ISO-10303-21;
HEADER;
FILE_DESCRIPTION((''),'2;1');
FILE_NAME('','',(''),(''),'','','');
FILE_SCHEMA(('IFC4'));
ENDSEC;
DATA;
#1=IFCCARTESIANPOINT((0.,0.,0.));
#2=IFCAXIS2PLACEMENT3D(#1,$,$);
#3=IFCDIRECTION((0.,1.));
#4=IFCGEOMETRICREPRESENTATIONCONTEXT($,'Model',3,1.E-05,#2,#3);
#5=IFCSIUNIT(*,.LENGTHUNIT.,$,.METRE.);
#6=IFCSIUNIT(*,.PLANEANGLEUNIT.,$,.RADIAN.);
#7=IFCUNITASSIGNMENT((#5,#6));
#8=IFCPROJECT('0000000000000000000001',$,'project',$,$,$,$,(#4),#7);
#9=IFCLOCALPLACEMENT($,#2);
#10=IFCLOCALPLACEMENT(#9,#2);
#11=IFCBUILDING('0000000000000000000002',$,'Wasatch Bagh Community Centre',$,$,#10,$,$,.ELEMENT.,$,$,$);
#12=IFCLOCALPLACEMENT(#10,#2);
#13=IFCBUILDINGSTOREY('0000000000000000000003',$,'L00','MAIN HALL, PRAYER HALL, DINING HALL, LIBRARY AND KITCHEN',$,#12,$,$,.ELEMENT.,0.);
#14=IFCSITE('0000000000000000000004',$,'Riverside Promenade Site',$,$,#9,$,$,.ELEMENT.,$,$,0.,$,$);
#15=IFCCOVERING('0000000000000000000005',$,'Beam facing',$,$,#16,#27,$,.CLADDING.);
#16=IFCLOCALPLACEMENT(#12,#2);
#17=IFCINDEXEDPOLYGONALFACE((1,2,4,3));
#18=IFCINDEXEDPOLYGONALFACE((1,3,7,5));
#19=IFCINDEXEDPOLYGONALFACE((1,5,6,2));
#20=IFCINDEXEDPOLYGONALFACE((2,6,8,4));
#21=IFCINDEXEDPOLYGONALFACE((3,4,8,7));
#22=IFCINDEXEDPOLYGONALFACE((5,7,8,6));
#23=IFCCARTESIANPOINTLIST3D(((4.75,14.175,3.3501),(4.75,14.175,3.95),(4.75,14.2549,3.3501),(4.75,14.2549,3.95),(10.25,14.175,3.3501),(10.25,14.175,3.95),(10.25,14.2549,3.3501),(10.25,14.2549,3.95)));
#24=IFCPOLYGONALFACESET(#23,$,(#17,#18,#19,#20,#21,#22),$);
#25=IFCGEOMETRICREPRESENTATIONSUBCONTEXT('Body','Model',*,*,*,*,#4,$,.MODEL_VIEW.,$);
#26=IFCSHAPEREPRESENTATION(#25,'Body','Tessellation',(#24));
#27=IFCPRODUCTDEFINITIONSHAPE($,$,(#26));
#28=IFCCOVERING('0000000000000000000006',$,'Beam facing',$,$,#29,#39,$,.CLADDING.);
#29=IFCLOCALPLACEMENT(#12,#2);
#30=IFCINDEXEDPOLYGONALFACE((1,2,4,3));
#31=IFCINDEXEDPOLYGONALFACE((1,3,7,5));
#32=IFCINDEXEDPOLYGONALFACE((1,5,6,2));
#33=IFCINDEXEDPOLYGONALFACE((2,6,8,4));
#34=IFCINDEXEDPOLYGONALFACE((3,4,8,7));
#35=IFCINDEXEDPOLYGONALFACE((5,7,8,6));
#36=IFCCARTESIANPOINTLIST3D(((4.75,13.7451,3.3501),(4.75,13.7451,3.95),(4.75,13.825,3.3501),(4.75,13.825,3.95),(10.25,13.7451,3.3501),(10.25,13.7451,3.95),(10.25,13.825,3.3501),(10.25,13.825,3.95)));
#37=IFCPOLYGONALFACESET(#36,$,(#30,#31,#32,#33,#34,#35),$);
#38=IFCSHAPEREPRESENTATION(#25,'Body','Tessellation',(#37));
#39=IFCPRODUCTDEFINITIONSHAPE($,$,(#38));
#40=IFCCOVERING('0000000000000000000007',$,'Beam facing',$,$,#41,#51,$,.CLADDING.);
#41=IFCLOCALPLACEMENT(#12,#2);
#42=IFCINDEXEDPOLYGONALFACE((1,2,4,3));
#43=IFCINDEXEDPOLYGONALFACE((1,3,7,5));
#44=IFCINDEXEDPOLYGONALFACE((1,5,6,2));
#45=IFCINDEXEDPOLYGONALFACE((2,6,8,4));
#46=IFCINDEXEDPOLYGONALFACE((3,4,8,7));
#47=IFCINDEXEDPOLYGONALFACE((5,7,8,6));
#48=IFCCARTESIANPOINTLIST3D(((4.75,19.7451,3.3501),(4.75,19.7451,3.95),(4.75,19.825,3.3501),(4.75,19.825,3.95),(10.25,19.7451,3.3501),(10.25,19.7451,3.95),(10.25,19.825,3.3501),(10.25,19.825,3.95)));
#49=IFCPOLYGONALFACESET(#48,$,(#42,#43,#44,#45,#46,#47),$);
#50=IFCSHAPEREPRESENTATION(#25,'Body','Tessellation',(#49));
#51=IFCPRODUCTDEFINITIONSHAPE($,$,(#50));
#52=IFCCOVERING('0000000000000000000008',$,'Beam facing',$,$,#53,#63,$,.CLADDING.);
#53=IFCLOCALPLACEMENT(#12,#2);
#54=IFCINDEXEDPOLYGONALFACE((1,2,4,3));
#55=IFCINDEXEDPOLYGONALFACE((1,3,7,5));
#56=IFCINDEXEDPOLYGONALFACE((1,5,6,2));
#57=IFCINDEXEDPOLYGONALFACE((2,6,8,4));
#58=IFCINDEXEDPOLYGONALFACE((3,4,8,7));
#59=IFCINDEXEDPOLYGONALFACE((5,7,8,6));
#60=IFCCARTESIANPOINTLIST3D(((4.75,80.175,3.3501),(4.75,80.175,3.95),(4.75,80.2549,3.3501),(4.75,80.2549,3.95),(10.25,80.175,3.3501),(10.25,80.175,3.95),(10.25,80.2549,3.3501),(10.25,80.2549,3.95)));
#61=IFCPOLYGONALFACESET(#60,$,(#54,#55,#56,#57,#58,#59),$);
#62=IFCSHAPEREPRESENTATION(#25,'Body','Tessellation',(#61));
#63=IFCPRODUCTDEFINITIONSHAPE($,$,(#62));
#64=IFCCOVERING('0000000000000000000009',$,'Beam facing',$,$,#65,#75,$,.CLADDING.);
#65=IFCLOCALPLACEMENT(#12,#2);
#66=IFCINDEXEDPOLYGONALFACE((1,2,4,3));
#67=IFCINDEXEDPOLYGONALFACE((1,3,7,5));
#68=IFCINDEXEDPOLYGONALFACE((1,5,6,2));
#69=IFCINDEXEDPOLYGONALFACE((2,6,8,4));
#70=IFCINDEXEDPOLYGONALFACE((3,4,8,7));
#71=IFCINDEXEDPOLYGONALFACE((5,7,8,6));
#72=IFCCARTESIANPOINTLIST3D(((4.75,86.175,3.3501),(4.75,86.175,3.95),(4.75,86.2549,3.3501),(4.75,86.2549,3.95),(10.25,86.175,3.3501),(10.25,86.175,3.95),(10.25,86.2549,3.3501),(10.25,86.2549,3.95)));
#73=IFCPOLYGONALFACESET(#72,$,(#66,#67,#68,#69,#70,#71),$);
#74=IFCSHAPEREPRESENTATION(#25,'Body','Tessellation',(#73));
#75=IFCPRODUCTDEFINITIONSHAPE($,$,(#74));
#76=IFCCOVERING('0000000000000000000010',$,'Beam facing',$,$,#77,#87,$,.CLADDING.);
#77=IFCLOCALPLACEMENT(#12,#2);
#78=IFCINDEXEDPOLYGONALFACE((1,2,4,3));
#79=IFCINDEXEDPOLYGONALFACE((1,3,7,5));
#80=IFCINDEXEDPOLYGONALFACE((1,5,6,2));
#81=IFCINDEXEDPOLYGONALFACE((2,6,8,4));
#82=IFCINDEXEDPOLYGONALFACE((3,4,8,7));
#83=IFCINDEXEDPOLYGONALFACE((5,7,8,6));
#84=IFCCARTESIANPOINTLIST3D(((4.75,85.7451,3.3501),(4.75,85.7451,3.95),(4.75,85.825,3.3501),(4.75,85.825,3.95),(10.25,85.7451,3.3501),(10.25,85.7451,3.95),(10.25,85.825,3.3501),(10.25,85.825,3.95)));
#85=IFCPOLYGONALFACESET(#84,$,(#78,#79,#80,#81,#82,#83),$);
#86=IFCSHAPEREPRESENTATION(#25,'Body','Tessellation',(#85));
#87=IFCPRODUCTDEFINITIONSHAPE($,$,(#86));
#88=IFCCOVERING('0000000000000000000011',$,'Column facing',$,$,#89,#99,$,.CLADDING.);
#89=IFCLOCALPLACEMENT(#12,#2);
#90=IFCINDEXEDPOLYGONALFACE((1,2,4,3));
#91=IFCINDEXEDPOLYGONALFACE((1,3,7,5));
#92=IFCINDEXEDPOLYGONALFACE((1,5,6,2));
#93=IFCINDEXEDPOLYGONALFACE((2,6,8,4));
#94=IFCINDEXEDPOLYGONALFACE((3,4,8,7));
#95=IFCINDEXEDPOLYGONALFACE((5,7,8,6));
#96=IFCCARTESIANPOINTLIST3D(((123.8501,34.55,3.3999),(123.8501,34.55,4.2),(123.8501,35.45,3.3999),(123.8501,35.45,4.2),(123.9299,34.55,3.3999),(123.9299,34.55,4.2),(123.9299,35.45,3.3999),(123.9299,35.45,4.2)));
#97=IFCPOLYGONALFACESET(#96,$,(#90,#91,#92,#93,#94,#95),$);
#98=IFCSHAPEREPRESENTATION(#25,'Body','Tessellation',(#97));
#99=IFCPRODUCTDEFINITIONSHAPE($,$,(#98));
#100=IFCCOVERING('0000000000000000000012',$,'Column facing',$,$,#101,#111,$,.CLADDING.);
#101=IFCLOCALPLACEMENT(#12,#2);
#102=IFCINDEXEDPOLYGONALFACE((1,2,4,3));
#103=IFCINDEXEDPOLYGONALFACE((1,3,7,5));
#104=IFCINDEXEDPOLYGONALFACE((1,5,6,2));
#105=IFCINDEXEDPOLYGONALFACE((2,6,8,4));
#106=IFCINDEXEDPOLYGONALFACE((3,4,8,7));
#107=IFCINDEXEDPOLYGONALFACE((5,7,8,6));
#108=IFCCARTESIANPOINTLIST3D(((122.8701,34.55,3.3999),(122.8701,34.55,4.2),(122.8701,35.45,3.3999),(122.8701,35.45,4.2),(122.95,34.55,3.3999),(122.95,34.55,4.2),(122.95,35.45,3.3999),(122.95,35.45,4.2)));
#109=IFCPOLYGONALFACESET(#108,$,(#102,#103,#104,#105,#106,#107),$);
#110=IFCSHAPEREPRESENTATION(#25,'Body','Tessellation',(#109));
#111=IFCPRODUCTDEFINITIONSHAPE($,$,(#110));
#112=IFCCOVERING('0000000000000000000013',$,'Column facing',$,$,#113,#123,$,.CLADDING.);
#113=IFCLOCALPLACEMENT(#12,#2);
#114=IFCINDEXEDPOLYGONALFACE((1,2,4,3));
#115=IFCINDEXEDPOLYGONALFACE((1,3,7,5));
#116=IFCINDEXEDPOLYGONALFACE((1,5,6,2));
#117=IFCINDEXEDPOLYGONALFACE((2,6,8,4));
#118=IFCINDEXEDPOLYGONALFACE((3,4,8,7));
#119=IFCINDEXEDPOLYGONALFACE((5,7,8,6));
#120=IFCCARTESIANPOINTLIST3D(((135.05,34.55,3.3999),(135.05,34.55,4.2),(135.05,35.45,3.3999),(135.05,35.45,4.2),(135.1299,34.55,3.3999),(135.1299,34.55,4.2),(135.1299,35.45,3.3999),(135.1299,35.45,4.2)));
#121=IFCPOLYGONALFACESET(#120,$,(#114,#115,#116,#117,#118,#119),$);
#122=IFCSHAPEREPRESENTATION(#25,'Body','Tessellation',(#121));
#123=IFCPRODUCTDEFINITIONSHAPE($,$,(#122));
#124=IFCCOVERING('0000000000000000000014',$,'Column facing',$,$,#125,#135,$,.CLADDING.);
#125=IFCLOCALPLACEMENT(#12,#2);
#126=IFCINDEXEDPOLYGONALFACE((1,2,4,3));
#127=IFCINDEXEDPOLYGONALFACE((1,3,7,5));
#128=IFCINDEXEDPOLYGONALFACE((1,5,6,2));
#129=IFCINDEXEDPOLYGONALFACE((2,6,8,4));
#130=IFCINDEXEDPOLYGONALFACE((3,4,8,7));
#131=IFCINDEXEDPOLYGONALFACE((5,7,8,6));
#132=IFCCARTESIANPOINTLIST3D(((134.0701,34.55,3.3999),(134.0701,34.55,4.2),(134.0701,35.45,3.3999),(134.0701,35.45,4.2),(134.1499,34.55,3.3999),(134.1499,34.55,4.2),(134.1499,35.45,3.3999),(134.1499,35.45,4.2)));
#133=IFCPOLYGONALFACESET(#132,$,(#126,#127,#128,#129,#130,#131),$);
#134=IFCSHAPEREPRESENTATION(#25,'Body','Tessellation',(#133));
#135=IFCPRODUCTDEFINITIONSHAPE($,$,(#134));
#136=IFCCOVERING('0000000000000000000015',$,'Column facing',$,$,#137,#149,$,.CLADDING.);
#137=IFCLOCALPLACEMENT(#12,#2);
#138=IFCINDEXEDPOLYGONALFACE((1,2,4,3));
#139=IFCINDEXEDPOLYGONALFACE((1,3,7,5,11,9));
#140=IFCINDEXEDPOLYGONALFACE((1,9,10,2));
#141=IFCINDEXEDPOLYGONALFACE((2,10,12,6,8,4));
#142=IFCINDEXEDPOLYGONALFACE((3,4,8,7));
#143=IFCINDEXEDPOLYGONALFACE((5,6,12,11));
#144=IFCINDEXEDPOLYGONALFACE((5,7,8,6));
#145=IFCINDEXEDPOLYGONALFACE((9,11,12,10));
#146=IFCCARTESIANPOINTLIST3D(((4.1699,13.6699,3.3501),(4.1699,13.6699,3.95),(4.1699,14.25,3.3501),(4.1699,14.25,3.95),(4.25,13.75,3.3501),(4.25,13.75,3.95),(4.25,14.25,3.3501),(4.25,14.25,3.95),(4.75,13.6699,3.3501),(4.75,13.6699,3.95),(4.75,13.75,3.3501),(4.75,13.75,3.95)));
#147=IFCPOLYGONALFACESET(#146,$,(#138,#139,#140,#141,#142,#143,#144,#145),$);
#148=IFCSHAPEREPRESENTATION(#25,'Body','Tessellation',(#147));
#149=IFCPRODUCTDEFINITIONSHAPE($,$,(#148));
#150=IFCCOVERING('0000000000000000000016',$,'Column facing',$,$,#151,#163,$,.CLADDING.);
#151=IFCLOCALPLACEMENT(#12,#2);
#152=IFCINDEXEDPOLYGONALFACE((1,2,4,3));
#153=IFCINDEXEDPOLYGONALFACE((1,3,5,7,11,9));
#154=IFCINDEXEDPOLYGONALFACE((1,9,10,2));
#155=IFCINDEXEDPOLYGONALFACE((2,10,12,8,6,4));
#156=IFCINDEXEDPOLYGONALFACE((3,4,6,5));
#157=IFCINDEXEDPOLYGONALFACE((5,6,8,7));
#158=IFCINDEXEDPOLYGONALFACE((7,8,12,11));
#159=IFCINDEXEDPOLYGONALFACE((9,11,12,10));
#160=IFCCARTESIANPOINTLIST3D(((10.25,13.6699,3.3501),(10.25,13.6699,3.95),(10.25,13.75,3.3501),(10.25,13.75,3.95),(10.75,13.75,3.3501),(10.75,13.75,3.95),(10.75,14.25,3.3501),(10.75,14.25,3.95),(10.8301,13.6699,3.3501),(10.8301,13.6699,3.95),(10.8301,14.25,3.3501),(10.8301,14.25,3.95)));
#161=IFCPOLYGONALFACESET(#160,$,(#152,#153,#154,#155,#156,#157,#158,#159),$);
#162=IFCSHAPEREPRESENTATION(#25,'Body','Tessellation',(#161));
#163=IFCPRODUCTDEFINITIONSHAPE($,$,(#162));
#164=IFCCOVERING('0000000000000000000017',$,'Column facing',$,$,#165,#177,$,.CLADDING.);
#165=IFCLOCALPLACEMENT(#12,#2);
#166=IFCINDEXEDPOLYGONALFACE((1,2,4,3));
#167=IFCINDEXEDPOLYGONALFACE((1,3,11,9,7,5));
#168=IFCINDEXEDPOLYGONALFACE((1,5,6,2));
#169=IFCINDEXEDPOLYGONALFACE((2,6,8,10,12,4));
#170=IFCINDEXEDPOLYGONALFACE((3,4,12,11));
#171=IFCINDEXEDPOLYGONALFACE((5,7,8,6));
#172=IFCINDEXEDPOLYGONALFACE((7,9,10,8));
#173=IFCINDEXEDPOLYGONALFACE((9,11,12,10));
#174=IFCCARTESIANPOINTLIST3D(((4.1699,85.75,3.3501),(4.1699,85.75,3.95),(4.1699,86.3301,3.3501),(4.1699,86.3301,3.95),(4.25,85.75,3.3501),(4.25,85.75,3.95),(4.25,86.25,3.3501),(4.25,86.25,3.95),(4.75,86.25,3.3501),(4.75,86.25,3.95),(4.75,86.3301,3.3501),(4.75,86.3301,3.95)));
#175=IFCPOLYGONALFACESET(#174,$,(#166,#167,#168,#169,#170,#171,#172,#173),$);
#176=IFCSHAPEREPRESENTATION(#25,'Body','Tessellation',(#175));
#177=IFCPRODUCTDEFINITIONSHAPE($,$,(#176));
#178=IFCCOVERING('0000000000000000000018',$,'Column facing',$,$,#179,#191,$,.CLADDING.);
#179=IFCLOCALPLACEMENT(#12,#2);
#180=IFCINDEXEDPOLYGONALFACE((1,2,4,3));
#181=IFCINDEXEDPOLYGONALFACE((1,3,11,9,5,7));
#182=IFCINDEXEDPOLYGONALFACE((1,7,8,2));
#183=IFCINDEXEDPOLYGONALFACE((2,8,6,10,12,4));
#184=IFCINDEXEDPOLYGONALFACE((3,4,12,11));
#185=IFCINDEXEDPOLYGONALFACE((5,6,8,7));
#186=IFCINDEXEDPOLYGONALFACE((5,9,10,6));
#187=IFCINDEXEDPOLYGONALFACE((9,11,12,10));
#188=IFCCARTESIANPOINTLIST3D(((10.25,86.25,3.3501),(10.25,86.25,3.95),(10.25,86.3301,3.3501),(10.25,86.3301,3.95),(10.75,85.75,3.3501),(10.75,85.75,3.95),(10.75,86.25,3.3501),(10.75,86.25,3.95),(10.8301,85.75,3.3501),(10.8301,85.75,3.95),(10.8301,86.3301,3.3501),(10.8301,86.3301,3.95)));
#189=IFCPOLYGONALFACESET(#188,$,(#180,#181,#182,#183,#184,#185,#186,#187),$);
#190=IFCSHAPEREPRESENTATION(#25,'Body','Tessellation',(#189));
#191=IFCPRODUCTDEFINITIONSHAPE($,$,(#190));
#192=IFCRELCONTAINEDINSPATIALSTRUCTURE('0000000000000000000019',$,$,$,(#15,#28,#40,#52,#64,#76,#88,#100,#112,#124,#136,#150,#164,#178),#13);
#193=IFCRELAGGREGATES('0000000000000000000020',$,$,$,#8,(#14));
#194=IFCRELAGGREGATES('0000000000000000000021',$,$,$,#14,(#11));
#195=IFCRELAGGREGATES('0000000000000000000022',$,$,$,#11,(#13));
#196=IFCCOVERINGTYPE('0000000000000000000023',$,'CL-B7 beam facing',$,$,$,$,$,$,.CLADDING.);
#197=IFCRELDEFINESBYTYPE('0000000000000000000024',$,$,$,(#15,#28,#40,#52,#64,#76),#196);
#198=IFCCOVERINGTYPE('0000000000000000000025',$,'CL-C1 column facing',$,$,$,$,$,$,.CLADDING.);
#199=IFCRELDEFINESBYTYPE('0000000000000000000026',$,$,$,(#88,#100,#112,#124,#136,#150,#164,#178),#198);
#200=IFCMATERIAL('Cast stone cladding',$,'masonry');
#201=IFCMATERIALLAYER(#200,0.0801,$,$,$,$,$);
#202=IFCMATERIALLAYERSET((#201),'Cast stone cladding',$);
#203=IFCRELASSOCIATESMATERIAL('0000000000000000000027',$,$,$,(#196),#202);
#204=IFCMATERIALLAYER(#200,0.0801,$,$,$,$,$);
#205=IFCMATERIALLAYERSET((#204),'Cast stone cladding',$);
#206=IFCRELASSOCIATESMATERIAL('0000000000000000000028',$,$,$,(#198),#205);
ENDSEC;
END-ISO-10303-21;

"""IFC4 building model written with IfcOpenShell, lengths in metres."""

from ifc_helpers import new_model, si_unit, direction, frame, origin, place, context, subcontext, project, spatial, polyline, outline, extrude, material, layer, layer_set, type_object, element, save


model = new_model("IFC4")

# Units and contexts
model_context = context("Model", 3, precision=1e-05, world=origin(), true_north=direction((0.0, 1.0)))
body_context = subcontext(model_context, "Body", "Model", "MODEL_VIEW")
ifc_project = project(units=[si_unit("LENGTHUNIT", "METRE"), si_unit("PLANEANGLEUNIT", "RADIAN")], contexts=[model_context])

# Site, building, storey
site_placement = place(None, origin())
site = spatial("IfcSite", under=ifc_project, at=site_placement, Name="Riverside Promenade Site", CompositionType="ELEMENT", RefElevation=0.0)
building_placement = place(site_placement, origin())
building = spatial("IfcBuilding", under=site, at=building_placement, Name="Wasatch Bagh Community Centre", CompositionType="ELEMENT")
storey_placement = place(building_placement, origin())
storey = spatial("IfcBuildingStorey", under=building, at=storey_placement, Name="L00", Description="MAIN HALL, PRAYER HALL, DINING HALL, LIBRARY AND KITCHEN", CompositionType="ELEMENT", Elevation=0.0)

# Coverings
ifc_material = material(Name="Cast stone cladding", Category="masonry")
ifc_layer_1 = layer(ifc_material, 0.0801)
ifc_layer_set_1 = layer_set([ifc_layer_1], Name="Cast stone cladding")
covering_type_1 = type_object("IfcCoveringType", Name="CL-B7 beam facing", PredefinedType="CLADDING", material=ifc_layer_set_1)
covering_1_placement = place(storey_placement, frame((0.0, 0.0, 3.3501)))
element("IfcCovering", 1, at=covering_1_placement, inside=storey, type_object=covering_type_1, Name="Beam facing", PredefinedType="CLADDING", context=body_context, shape_type="SweptSolid", body=[
    extrude(outline(polyline([(4.75, 14.175), (10.25, 14.175), (10.25, 14.2549), (4.75, 14.2549), (4.75, 14.175)])), origin(), (0.0, 0.0, 1.0), 0.5999),
])
covering_2_placement = place(storey_placement, frame((0.0, 0.0, 3.3501)))
element("IfcCovering", 2, at=covering_2_placement, inside=storey, type_object=covering_type_1, Name="Beam facing", PredefinedType="CLADDING", context=body_context, shape_type="SweptSolid", body=[
    extrude(outline(polyline([(4.75, 13.825), (10.25, 13.825), (10.25, 13.7451), (4.75, 13.7451), (4.75, 13.825)])), origin(), (0.0, 0.0, 1.0), 0.5999),
])
covering_3_placement = place(storey_placement, frame((0.0, 0.0, 3.3501)))
element("IfcCovering", 3, at=covering_3_placement, inside=storey, type_object=covering_type_1, Name="Beam facing", PredefinedType="CLADDING", context=body_context, shape_type="SweptSolid", body=[
    extrude(outline(polyline([(4.75, 19.825), (10.25, 19.825), (10.25, 19.7451), (4.75, 19.7451), (4.75, 19.825)])), origin(), (0.0, 0.0, 1.0), 0.5999),
])
covering_4_placement = place(storey_placement, frame((0.0, 0.0, 3.3501)))
element("IfcCovering", 4, at=covering_4_placement, inside=storey, type_object=covering_type_1, Name="Beam facing", PredefinedType="CLADDING", context=body_context, shape_type="SweptSolid", body=[
    extrude(outline(polyline([(4.75, 80.175), (10.25, 80.175), (10.25, 80.2549), (4.75, 80.2549), (4.75, 80.175)])), origin(), (0.0, 0.0, 1.0), 0.5999),
])
covering_5_placement = place(storey_placement, frame((0.0, 0.0, 3.3501)))
element("IfcCovering", 5, at=covering_5_placement, inside=storey, type_object=covering_type_1, Name="Beam facing", PredefinedType="CLADDING", context=body_context, shape_type="SweptSolid", body=[
    extrude(outline(polyline([(4.75, 86.175), (10.25, 86.175), (10.25, 86.2549), (4.75, 86.2549), (4.75, 86.175)])), origin(), (0.0, 0.0, 1.0), 0.5999),
])
covering_6_placement = place(storey_placement, frame((0.0, 0.0, 3.3501)))
element("IfcCovering", 6, at=covering_6_placement, inside=storey, type_object=covering_type_1, Name="Beam facing", PredefinedType="CLADDING", context=body_context, shape_type="SweptSolid", body=[
    extrude(outline(polyline([(4.75, 85.825), (10.25, 85.825), (10.25, 85.7451), (4.75, 85.7451), (4.75, 85.825)])), origin(), (0.0, 0.0, 1.0), 0.5999),
])
ifc_layer_2 = layer(ifc_material, 0.0801)
ifc_layer_set_2 = layer_set([ifc_layer_2], Name="Cast stone cladding")
covering_type_2 = type_object("IfcCoveringType", Name="CL-C1 column facing", PredefinedType="CLADDING", material=ifc_layer_set_2)
covering_7_placement = place(storey_placement, frame((0.0, 0.0, 3.3999)))
element("IfcCovering", 7, at=covering_7_placement, inside=storey, type_object=covering_type_2, Name="Column facing", PredefinedType="CLADDING", context=body_context, shape_type="SweptSolid", body=[
    extrude(outline(polyline([(123.8501, 35.45), (123.9299, 35.45), (123.9299, 34.55), (123.8501, 34.55), (123.8501, 35.45)])), origin(), (0.0, 0.0, 1.0), 0.8),
])
covering_8_placement = place(storey_placement, frame((0.0, 0.0, 3.3999)))
element("IfcCovering", 8, at=covering_8_placement, inside=storey, type_object=covering_type_2, Name="Column facing", PredefinedType="CLADDING", context=body_context, shape_type="SweptSolid", body=[
    extrude(outline(polyline([(122.95, 34.55), (122.8701, 34.55), (122.8701, 35.45), (122.95, 35.45), (122.95, 34.55)])), origin(), (0.0, 0.0, 1.0), 0.8),
])
covering_9_placement = place(storey_placement, frame((0.0, 0.0, 3.3999)))
element("IfcCovering", 9, at=covering_9_placement, inside=storey, type_object=covering_type_2, Name="Column facing", PredefinedType="CLADDING", context=body_context, shape_type="SweptSolid", body=[
    extrude(outline(polyline([(135.05, 35.45), (135.1299, 35.45), (135.1299, 34.55), (135.05, 34.55), (135.05, 35.45)])), origin(), (0.0, 0.0, 1.0), 0.8),
])
covering_10_placement = place(storey_placement, frame((0.0, 0.0, 3.3999)))
element("IfcCovering", 10, at=covering_10_placement, inside=storey, type_object=covering_type_2, Name="Column facing", PredefinedType="CLADDING", context=body_context, shape_type="SweptSolid", body=[
    extrude(outline(polyline([(134.1499, 34.55), (134.0701, 34.55), (134.0701, 35.45), (134.1499, 35.45), (134.1499, 34.55)])), origin(), (0.0, 0.0, 1.0), 0.8),
])
covering_11_placement = place(storey_placement, frame((0.0, 0.0, 3.3501)))
element("IfcCovering", 11, at=covering_11_placement, inside=storey, type_object=covering_type_2, Name="Column facing", PredefinedType="CLADDING", context=body_context, shape_type="SweptSolid", body=[
    extrude(outline(polyline([(4.1699, 13.6699), (4.1699, 14.25), (4.25, 14.25), (4.25, 13.75), (4.75, 13.75), (4.75, 13.6699), (4.1699, 13.6699)])), origin(), (0.0, 0.0, 1.0), 0.5999),
])
covering_12_placement = place(storey_placement, frame((0.0, 0.0, 3.3501)))
element("IfcCovering", 12, at=covering_12_placement, inside=storey, type_object=covering_type_2, Name="Column facing", PredefinedType="CLADDING", context=body_context, shape_type="SweptSolid", body=[
    extrude(outline(polyline([(10.75, 13.75), (10.75, 14.25), (10.8301, 14.25), (10.8301, 13.6699), (10.25, 13.6699), (10.25, 13.75), (10.75, 13.75)])), origin(), (0.0, 0.0, 1.0), 0.5999),
])
covering_13_placement = place(storey_placement, frame((0.0, 0.0, 3.3501)))
element("IfcCovering", 13, at=covering_13_placement, inside=storey, type_object=covering_type_2, Name="Column facing", PredefinedType="CLADDING", context=body_context, shape_type="SweptSolid", body=[
    extrude(outline(polyline([(4.25, 85.75), (4.1699, 85.75), (4.1699, 86.3301), (4.75, 86.3301), (4.75, 86.25), (4.25, 86.25), (4.25, 85.75)])), origin(), (0.0, 0.0, 1.0), 0.5999),
])
covering_14_placement = place(storey_placement, frame((0.0, 0.0, 3.3501)))
element("IfcCovering", 14, at=covering_14_placement, inside=storey, type_object=covering_type_2, Name="Column facing", PredefinedType="CLADDING", context=body_context, shape_type="SweptSolid", body=[
    extrude(outline(polyline([(10.75, 86.25), (10.25, 86.25), (10.25, 86.3301), (10.8301, 86.3301), (10.8301, 85.75), (10.75, 85.75), (10.75, 86.25)])), origin(), (0.0, 0.0, 1.0), 0.5999),
])

save(model, "model.ifc")
